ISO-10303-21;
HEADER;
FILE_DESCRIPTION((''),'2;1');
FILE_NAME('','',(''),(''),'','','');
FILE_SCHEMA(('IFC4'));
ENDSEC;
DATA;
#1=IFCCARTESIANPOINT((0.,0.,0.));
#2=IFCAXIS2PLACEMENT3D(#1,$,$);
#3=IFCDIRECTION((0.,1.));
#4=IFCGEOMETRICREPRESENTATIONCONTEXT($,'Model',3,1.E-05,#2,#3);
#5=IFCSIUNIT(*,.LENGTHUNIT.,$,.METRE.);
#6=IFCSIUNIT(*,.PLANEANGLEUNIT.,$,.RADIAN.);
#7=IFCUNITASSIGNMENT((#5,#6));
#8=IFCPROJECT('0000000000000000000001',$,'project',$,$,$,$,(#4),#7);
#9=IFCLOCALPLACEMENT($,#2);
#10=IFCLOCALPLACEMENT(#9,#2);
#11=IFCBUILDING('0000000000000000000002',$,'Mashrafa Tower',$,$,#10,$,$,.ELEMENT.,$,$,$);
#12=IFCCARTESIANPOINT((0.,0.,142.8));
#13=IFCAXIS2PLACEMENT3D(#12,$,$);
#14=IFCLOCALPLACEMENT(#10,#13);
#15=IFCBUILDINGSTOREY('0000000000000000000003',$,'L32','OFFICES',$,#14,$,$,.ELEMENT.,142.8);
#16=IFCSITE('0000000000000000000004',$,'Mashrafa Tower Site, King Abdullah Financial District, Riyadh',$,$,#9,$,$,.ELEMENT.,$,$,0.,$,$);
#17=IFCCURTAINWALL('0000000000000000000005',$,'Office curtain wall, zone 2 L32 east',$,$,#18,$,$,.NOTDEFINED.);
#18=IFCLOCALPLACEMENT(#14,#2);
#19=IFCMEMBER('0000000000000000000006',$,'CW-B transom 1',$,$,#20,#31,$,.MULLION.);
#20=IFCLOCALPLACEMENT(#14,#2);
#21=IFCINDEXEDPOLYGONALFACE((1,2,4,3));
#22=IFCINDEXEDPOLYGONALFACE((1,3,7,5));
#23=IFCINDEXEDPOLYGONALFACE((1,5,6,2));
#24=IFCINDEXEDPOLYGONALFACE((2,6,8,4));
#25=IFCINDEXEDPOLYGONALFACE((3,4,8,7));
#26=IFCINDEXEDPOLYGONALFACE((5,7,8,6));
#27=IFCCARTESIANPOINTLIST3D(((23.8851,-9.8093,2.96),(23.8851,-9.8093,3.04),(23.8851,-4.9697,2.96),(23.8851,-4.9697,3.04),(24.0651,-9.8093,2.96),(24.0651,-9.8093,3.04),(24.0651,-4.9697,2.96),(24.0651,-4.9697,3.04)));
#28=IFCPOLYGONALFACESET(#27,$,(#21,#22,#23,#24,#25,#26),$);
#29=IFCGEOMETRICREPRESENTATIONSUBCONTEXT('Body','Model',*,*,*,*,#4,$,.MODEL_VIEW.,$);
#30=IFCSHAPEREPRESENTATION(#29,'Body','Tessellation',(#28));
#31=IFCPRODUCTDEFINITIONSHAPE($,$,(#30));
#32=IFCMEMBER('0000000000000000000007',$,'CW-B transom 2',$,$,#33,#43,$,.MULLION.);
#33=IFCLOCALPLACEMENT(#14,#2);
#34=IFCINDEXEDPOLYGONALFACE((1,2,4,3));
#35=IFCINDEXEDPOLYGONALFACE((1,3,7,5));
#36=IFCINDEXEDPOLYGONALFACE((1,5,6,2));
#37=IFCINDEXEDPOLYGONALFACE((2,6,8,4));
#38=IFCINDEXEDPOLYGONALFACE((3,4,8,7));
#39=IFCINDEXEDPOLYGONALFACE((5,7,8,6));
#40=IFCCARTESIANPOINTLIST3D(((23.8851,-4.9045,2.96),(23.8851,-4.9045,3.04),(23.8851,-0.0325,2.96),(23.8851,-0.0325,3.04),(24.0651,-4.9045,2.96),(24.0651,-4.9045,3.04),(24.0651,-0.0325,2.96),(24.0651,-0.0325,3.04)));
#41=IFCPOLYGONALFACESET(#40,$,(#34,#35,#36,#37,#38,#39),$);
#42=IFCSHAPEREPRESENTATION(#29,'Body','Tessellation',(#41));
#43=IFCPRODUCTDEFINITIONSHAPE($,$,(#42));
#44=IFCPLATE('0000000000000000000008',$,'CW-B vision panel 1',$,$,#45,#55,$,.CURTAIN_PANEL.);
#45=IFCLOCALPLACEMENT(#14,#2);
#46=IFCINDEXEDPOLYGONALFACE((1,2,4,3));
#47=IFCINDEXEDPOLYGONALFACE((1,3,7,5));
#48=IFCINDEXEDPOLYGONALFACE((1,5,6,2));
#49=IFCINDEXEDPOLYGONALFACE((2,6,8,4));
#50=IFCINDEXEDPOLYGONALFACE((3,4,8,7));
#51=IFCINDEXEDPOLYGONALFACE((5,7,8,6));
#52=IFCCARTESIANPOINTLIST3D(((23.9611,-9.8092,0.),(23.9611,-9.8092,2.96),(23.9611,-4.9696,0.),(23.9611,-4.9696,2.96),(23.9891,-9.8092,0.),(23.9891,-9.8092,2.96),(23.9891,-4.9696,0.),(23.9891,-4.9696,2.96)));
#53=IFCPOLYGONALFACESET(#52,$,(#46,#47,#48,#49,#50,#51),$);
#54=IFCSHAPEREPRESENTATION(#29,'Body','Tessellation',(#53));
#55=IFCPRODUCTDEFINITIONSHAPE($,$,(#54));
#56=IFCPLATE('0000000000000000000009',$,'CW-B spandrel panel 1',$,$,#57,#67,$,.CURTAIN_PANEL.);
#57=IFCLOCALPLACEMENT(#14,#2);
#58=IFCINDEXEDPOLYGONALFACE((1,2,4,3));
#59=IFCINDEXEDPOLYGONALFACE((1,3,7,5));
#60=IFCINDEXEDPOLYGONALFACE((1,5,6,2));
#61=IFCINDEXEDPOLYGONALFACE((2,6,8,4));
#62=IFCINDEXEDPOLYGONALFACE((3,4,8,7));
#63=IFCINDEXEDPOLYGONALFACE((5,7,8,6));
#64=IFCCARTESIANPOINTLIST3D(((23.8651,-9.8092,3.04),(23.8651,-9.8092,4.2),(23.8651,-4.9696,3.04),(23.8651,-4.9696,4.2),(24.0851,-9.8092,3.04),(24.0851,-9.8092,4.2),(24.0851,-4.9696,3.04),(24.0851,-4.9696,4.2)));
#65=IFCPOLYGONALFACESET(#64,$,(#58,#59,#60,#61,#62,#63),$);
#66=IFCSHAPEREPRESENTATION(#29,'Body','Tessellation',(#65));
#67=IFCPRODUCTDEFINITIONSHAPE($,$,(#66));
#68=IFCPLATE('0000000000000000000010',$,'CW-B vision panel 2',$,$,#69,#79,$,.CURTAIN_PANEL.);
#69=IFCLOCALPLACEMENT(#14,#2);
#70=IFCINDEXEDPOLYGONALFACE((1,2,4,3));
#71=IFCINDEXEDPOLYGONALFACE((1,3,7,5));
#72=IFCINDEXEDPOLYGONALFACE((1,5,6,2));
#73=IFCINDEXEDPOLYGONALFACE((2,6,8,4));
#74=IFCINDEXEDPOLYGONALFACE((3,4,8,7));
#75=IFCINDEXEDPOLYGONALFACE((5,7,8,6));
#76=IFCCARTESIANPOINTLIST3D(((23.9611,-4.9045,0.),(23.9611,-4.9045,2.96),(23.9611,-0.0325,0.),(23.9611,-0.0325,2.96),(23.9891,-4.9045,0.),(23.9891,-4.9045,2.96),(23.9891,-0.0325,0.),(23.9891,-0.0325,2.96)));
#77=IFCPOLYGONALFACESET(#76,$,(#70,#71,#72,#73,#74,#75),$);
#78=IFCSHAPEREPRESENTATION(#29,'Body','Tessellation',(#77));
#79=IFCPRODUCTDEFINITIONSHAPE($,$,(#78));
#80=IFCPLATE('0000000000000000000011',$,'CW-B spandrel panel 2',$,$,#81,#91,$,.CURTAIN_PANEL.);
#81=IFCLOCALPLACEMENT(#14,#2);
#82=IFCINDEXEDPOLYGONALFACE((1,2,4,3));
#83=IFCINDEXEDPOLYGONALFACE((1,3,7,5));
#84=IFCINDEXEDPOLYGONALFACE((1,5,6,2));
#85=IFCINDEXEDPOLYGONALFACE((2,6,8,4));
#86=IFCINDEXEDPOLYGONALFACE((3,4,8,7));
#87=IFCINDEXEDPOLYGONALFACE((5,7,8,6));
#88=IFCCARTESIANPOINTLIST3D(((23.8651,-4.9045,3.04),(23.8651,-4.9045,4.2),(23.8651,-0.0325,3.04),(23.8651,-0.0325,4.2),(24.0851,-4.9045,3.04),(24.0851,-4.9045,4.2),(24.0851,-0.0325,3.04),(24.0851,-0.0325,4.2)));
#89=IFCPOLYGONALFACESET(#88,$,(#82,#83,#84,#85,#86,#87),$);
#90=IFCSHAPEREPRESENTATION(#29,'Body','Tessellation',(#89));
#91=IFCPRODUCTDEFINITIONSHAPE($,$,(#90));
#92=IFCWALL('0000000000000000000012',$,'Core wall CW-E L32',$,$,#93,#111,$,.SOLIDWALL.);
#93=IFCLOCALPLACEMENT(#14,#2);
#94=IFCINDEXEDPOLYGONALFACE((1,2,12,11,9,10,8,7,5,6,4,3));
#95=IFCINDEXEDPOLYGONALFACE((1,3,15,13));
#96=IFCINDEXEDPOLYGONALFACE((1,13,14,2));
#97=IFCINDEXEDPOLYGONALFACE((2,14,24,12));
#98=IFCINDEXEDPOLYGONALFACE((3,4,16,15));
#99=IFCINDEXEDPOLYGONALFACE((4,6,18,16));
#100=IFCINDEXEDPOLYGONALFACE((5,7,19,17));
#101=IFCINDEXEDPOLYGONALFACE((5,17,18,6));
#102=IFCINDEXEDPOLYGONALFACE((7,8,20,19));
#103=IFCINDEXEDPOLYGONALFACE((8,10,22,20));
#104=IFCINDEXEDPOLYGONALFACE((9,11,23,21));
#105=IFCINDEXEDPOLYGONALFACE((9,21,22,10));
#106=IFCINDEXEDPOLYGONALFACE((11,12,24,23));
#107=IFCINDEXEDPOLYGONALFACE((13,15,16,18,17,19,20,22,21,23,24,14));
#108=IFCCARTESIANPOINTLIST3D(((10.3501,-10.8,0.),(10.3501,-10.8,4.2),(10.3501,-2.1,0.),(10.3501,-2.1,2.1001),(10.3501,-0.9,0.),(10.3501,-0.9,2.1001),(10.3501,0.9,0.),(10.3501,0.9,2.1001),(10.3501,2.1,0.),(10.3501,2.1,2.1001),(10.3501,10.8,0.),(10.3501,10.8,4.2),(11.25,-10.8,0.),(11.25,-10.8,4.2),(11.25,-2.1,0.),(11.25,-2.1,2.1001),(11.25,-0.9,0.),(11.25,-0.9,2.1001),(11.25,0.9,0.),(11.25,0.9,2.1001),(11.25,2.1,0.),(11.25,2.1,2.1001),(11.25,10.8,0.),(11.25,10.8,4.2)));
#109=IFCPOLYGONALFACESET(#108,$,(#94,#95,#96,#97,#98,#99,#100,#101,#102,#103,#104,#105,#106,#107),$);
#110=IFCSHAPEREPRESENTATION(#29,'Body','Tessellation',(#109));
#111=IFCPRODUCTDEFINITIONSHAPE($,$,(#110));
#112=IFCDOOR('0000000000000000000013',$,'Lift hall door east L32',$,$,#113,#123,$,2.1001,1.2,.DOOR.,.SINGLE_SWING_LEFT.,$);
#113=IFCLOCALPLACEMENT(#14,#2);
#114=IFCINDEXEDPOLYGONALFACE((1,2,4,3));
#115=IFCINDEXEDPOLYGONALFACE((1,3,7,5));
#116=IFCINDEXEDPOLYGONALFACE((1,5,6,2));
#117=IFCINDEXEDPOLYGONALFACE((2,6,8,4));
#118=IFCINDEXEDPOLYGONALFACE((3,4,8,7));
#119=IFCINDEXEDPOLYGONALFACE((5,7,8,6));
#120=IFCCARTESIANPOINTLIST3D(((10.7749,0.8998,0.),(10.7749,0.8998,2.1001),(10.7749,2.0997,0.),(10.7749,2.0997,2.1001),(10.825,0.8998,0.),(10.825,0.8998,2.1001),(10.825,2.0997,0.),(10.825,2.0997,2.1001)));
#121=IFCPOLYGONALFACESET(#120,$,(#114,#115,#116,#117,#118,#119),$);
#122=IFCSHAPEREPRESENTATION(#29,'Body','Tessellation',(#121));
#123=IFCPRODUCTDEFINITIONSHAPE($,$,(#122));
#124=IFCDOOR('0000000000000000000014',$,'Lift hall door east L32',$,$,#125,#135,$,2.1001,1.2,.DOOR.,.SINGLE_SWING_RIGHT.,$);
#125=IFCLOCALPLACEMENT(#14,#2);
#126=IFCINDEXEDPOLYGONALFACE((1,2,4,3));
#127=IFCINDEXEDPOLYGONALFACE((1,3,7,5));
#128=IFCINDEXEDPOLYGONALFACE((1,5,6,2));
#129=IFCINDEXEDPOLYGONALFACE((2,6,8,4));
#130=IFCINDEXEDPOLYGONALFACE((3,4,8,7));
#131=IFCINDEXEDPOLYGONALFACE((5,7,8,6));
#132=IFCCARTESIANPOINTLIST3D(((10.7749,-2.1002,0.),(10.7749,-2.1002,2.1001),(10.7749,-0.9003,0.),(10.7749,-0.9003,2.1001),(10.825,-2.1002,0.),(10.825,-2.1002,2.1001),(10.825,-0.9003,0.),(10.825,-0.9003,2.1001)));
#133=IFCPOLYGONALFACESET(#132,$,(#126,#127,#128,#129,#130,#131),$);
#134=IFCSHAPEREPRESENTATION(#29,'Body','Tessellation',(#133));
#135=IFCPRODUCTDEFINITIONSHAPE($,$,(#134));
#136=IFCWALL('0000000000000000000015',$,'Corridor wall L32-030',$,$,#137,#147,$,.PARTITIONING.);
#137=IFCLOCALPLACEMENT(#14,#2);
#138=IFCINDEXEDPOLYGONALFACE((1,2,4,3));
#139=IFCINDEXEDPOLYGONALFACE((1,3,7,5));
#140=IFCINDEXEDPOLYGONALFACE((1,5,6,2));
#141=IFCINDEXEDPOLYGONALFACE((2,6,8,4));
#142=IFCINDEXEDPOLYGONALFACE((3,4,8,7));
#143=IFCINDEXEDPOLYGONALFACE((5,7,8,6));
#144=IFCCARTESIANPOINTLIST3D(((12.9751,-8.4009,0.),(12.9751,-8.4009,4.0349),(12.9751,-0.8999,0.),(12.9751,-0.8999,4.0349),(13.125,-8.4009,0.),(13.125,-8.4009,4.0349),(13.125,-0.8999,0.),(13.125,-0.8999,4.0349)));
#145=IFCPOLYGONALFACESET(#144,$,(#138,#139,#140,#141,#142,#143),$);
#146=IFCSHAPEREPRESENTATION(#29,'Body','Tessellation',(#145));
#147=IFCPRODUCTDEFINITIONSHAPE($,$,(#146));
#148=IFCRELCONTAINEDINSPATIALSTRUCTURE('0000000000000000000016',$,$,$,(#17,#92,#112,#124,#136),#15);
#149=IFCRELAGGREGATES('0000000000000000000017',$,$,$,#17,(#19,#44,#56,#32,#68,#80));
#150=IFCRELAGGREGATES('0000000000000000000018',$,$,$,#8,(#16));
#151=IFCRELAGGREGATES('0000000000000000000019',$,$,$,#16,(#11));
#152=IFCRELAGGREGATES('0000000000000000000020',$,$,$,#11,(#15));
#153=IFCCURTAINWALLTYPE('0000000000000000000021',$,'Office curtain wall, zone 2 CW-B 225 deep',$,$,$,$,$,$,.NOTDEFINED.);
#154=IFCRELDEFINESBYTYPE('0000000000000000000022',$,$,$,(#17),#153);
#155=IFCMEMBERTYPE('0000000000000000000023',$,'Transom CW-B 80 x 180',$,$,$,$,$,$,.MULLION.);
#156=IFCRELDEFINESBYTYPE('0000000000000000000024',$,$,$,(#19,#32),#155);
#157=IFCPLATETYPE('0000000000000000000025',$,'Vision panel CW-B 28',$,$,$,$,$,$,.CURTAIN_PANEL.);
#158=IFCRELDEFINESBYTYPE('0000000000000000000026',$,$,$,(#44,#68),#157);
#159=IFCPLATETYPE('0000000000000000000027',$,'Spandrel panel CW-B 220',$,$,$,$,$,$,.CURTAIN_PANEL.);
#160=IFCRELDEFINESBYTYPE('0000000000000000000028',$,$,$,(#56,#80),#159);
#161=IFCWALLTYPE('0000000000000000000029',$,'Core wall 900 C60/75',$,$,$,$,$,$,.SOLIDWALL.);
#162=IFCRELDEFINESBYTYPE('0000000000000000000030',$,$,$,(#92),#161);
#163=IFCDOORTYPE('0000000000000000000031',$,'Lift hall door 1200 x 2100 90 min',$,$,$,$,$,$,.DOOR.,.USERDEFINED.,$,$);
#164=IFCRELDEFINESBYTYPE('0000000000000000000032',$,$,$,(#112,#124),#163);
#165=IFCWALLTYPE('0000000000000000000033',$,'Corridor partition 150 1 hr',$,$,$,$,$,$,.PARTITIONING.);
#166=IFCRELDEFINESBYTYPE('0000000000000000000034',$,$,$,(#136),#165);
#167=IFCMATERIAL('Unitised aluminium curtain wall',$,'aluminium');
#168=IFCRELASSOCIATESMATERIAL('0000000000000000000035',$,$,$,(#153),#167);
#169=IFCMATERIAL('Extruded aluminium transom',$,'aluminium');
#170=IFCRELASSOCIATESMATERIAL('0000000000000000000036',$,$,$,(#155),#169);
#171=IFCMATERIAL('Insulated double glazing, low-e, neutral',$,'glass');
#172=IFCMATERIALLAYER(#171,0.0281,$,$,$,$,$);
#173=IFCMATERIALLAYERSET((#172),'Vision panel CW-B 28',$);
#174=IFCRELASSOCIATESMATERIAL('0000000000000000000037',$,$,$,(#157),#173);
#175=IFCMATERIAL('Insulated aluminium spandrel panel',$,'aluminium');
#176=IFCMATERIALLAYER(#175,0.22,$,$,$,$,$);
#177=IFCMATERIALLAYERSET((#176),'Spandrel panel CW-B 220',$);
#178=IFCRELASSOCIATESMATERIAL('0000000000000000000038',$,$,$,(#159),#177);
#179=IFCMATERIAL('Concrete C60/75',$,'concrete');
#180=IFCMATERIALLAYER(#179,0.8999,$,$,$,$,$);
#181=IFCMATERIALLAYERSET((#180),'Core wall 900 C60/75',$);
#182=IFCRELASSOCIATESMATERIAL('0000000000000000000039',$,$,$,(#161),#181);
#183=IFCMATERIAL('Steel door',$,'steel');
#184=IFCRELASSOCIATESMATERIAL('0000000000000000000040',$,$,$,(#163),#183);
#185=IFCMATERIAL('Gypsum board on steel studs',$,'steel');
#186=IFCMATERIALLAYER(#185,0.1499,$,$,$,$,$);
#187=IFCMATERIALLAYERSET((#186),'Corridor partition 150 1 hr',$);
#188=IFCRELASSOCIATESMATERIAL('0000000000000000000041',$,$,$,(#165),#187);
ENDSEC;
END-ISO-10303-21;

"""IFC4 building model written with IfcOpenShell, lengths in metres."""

from ifc_helpers import new_model, si_unit, direction, frame, frame_2d, origin, origin_2d, place, context, subcontext, project, spatial, rectangle, extrude, source, transform, mapped, material, layer, layer_set, material_profile, profile_set, type_object, type_shapes, element, fill, aggregate, save


model = new_model("IFC4")

# Units and contexts
model_context = context("Model", 3, precision=1e-05, world=origin(), true_north=direction((0.0, 1.0)))
body_context = subcontext(model_context, "Body", "Model", "MODEL_VIEW")
ifc_project = project(units=[si_unit("LENGTHUNIT", "METRE"), si_unit("PLANEANGLEUNIT", "RADIAN")], contexts=[model_context])

# Site, building, storey
site_placement = place(None, origin())
site = spatial("IfcSite", under=ifc_project, at=site_placement, Name="Mashrafa Tower Site, King Abdullah Financial District, Riyadh", CompositionType="ELEMENT", RefElevation=0.0)
building_placement = place(site_placement, origin())
building = spatial("IfcBuilding", under=site, at=building_placement, Name="Mashrafa Tower", CompositionType="ELEMENT")
storey_placement = place(building_placement, frame((0.0, 0.0, 142.8)))
storey = spatial("IfcBuildingStorey", under=building, at=storey_placement, Name="L32", Description="OFFICES", CompositionType="ELEMENT", Elevation=142.8)

# Curtain wall
ifc_material_1 = material(Name="Unitised aluminium curtain wall", Category="aluminium")
curtain_wall_type = type_object("IfcCurtainWallType", Name="Office curtain wall, zone 2 CW-B 225 deep", PredefinedType="NOTDEFINED", material=ifc_material_1)
curtain_wall_1_placement = place(storey_placement, origin())
curtain_wall_1 = element("IfcCurtainWall", 1, at=curtain_wall_1_placement, inside=storey, type_object=curtain_wall_type, Name="Office curtain wall, zone 2 L32 east", PredefinedType="NOTDEFINED")

# Members
ifc_material_2 = material(Name="Extruded aluminium transom", Category="aluminium")
ifc_material_profile_1 = material_profile(ifc_material_2, rectangle(XDim=0.1799, YDim=0.0801, at=origin_2d()), Name="Transom 80x180")
ifc_profile_set_1 = profile_set([ifc_material_profile_1], Name="Extruded aluminium transom")
member_type_1 = type_object("IfcMemberType", Name="Transom CW-B 80 x 180", PredefinedType="MULLION", material=ifc_profile_set_1)
shared_shape_1 = source(origin(), body_context, "Body", "SweptSolid", [
    extrude(rectangle(XDim=0.1799, YDim=0.0801, at=origin_2d()), origin(), (0.0, 0.0, 1.0), 4.8396),
])
member_1_placement = place(storey_placement, frame((23.9751, -9.8093, 3.0), z_axis=(0.0, 1.0, 0.0), x_axis=(-1.0, 0.0, 0.0)))
member_1 = element("IfcMember", 2, at=member_1_placement, type_object=member_type_1, Name="CW-B transom 1", PredefinedType="MULLION", context=body_context, shape_type="MappedRepresentation", body=[
    mapped(shared_shape_1, transform((0.0, 0.0, 0.0))),
])
shared_shape_2 = source(origin(), body_context, "Body", "SweptSolid", [
    extrude(rectangle(XDim=0.1799, YDim=0.0801, at=origin_2d()), origin(), (0.0, 0.0, 1.0), 4.8721),
])
type_shapes(member_type_1, [shared_shape_1, shared_shape_2])
member_2_placement = place(storey_placement, frame((23.9751, -4.9045, 3.0), z_axis=(0.0, 1.0, 0.0), x_axis=(-1.0, 0.0, 0.0)))
member_2 = element("IfcMember", 3, at=member_2_placement, type_object=member_type_1, Name="CW-B transom 2", PredefinedType="MULLION", context=body_context, shape_type="MappedRepresentation", body=[
    mapped(shared_shape_2, transform((0.0, 0.0, 0.0))),
])

# Plates
ifc_material_3 = material(Name="Insulated double glazing, low-e, neutral", Category="glass")
ifc_layer_1 = layer(ifc_material_3, 0.0281)
ifc_layer_set_1 = layer_set([ifc_layer_1], Name="Vision panel CW-B 28")
plate_type_1 = type_object("IfcPlateType", Name="Vision panel CW-B 28", PredefinedType="CURTAIN_PANEL", material=ifc_layer_set_1)
shared_shape_3 = source(origin(), body_context, "Body", "SweptSolid", [
    extrude(rectangle(XDim=4.8396, YDim=0.0281, at=origin_2d()), origin(), (0.0, 0.0, 1.0), 2.96),
])
plate_1_placement = place(storey_placement, frame((23.9751, -7.3894, 0.0), z_axis=(0.0, 0.0, 1.0), x_axis=(0.0, 1.0, 0.0)))
plate_1 = element("IfcPlate", 4, at=plate_1_placement, type_object=plate_type_1, Name="CW-B vision panel 1", PredefinedType="CURTAIN_PANEL", context=body_context, shape_type="MappedRepresentation", body=[
    mapped(shared_shape_3, transform((0.0, 0.0, 0.0))),
])
ifc_material_4 = material(Name="Insulated aluminium spandrel panel", Category="aluminium")
ifc_layer_2 = layer(ifc_material_4, 0.22)
ifc_layer_set_2 = layer_set([ifc_layer_2], Name="Spandrel panel CW-B 220")
plate_type_2 = type_object("IfcPlateType", Name="Spandrel panel CW-B 220", PredefinedType="CURTAIN_PANEL", material=ifc_layer_set_2)
shared_shape_4 = source(origin(), body_context, "Body", "SweptSolid", [
    extrude(rectangle(XDim=4.8396, YDim=0.22, at=origin_2d()), origin(), (0.0, 0.0, 1.0), 1.1599),
])
plate_2_placement = place(storey_placement, frame((23.9751, -7.3894, 3.04), z_axis=(0.0, 0.0, 1.0), x_axis=(0.0, 1.0, 0.0)))
plate_2 = element("IfcPlate", 5, at=plate_2_placement, type_object=plate_type_2, Name="CW-B spandrel panel 1", PredefinedType="CURTAIN_PANEL", context=body_context, shape_type="MappedRepresentation", body=[
    mapped(shared_shape_4, transform((0.0, 0.0, 0.0))),
])
shared_shape_5 = source(origin(), body_context, "Body", "SweptSolid", [
    extrude(rectangle(XDim=4.8721, YDim=0.0281, at=origin_2d()), origin(), (0.0, 0.0, 1.0), 2.96),
])
type_shapes(plate_type_1, [shared_shape_3, shared_shape_5])
plate_3_placement = place(storey_placement, frame((23.9751, -2.4685, 0.0), z_axis=(0.0, 0.0, 1.0), x_axis=(0.0, 1.0, 0.0)))
plate_3 = element("IfcPlate", 6, at=plate_3_placement, type_object=plate_type_1, Name="CW-B vision panel 2", PredefinedType="CURTAIN_PANEL", context=body_context, shape_type="MappedRepresentation", body=[
    mapped(shared_shape_5, transform((0.0, 0.0, 0.0))),
])
shared_shape_6 = source(origin(), body_context, "Body", "SweptSolid", [
    extrude(rectangle(XDim=4.8721, YDim=0.22, at=origin_2d()), origin(), (0.0, 0.0, 1.0), 1.1599),
])
type_shapes(plate_type_2, [shared_shape_4, shared_shape_6])
plate_4_placement = place(storey_placement, frame((23.9751, -2.4685, 3.04), z_axis=(0.0, 0.0, 1.0), x_axis=(0.0, 1.0, 0.0)))
plate_4 = element("IfcPlate", 7, at=plate_4_placement, type_object=plate_type_2, Name="CW-B spandrel panel 2", PredefinedType="CURTAIN_PANEL", context=body_context, shape_type="MappedRepresentation", body=[
    mapped(shared_shape_6, transform((0.0, 0.0, 0.0))),
])
aggregate(curtain_wall_1, [member_1, plate_1, plate_2, member_2, plate_3, plate_4])

# Wall, openings, doors
ifc_material_5 = material(Name="Concrete C60/75", Category="concrete")
ifc_layer_3 = layer(ifc_material_5, 0.8999)
ifc_layer_set_3 = layer_set([ifc_layer_3], Name="Core wall 900 C60/75")
wall_type_1 = type_object("IfcWallType", Name="Core wall 900 C60/75", PredefinedType="SOLIDWALL", material=ifc_layer_set_3)
wall_1_placement = place(storey_placement, frame((10.8, -10.8, 0.0), z_axis=(0.0, 0.0, 1.0), x_axis=(0.0, 1.0, 0.0)))
wall_1 = element("IfcWall", 8, at=wall_1_placement, inside=storey, type_object=wall_type_1, Name="Core wall CW-E L32", PredefinedType="SOLIDWALL", context=body_context, shape_type="SweptSolid", body=[
    extrude(rectangle(XDim=21.6001, YDim=0.8999, at=frame_2d((10.8, 0.0))), origin(), (0.0, 0.0, 1.0), 4.2),
])
opening_1_placement = place(wall_1_placement, frame((11.7, 0.0, 0.0)))
opening_1 = element("IfcOpeningElement", 9, at=opening_1_placement, cuts=wall_1, PredefinedType="OPENING", context=body_context, shape_type="SweptSolid", body=[
    extrude(rectangle(XDim=1.2, YDim=2.1001, at=frame_2d((0.6001, 1.05))), frame((0.0, 0.46, 0.0), z_axis=(0.0, -1.0, 0.0), x_axis=(1.0, 0.0, 0.0)), (0.0, 0.0, 1.0), 0.9199),
])
opening_2_placement = place(wall_1_placement, frame((8.7, 0.0, 0.0)))
opening_2 = element("IfcOpeningElement", 10, at=opening_2_placement, cuts=wall_1, PredefinedType="OPENING", context=body_context, shape_type="SweptSolid", body=[
    extrude(rectangle(XDim=1.2, YDim=2.1001, at=frame_2d((0.6001, 1.05))), frame((0.0, 0.46, 0.0), z_axis=(0.0, -1.0, 0.0), x_axis=(1.0, 0.0, 0.0)), (0.0, 0.0, 1.0), 0.9199),
])
ifc_material_6 = material(Name="Steel door", Category="steel")
door_type_1 = type_object("IfcDoorType", Name="Lift hall door 1200 x 2100 90 min", OperationType="USERDEFINED", PredefinedType="DOOR", material=ifc_material_6)
door_1_placement = place(opening_1_placement, frame((1.2, 0.0, 0.0), z_axis=(0.0, 0.0, 1.0), x_axis=(-1.0, 0.0, 0.0)))
door_1 = element("IfcDoor", 11, at=door_1_placement, inside=storey, type_object=door_type_1, Name="Lift hall door east L32", OperationType="SINGLE_SWING_LEFT", OverallHeight=2.1001, OverallWidth=1.2, PredefinedType="DOOR", context=body_context, shape_type="SweptSolid", body=[
    extrude(rectangle(XDim=1.2, YDim=2.1001, at=frame_2d((0.6001, 1.05))), frame((0.0, 0.0249, 0.0), z_axis=(0.0, -1.0, 0.0), x_axis=(1.0, 0.0, 0.0)), (0.0, 0.0, 1.0), 0.05),
])
fill(opening_1, door_1)
door_2_placement = place(opening_2_placement, frame((1.2, 0.0, 0.0), z_axis=(0.0, 0.0, 1.0), x_axis=(-1.0, 0.0, 0.0)))
door_2 = element("IfcDoor", 12, at=door_2_placement, inside=storey, type_object=door_type_1, Name="Lift hall door east L32", OperationType="SINGLE_SWING_RIGHT", OverallHeight=2.1001, OverallWidth=1.2, PredefinedType="DOOR", context=body_context, shape_type="SweptSolid", body=[
    extrude(rectangle(XDim=1.2, YDim=2.1001, at=frame_2d((0.6001, 1.05))), frame((0.0, 0.0249, 0.0), z_axis=(0.0, -1.0, 0.0), x_axis=(1.0, 0.0, 0.0)), (0.0, 0.0, 1.0), 0.05),
])
fill(opening_2, door_2)

# Wall
ifc_material_7 = material(Name="Gypsum board on steel studs", Category="steel")
ifc_layer_4 = layer(ifc_material_7, 0.1499)
ifc_layer_set_4 = layer_set([ifc_layer_4], Name="Corridor partition 150 1 hr")
wall_type_2 = type_object("IfcWallType", Name="Corridor partition 150 1 hr", PredefinedType="PARTITIONING", material=ifc_layer_set_4)
wall_2_placement = place(storey_placement, frame((13.05, -8.4009, 0.0), z_axis=(0.0, 0.0, 1.0), x_axis=(0.0, 1.0, 0.0)))
element("IfcWall", 13, at=wall_2_placement, inside=storey, type_object=wall_type_2, Name="Corridor wall L32-030", PredefinedType="PARTITIONING", context=body_context, shape_type="SweptSolid", body=[
    extrude(rectangle(XDim=7.501, YDim=0.1499, at=frame_2d((3.7505, 0.0))), origin(), (0.0, 0.0, 1.0), 4.0349),
])

save(model, "model.ifc")
